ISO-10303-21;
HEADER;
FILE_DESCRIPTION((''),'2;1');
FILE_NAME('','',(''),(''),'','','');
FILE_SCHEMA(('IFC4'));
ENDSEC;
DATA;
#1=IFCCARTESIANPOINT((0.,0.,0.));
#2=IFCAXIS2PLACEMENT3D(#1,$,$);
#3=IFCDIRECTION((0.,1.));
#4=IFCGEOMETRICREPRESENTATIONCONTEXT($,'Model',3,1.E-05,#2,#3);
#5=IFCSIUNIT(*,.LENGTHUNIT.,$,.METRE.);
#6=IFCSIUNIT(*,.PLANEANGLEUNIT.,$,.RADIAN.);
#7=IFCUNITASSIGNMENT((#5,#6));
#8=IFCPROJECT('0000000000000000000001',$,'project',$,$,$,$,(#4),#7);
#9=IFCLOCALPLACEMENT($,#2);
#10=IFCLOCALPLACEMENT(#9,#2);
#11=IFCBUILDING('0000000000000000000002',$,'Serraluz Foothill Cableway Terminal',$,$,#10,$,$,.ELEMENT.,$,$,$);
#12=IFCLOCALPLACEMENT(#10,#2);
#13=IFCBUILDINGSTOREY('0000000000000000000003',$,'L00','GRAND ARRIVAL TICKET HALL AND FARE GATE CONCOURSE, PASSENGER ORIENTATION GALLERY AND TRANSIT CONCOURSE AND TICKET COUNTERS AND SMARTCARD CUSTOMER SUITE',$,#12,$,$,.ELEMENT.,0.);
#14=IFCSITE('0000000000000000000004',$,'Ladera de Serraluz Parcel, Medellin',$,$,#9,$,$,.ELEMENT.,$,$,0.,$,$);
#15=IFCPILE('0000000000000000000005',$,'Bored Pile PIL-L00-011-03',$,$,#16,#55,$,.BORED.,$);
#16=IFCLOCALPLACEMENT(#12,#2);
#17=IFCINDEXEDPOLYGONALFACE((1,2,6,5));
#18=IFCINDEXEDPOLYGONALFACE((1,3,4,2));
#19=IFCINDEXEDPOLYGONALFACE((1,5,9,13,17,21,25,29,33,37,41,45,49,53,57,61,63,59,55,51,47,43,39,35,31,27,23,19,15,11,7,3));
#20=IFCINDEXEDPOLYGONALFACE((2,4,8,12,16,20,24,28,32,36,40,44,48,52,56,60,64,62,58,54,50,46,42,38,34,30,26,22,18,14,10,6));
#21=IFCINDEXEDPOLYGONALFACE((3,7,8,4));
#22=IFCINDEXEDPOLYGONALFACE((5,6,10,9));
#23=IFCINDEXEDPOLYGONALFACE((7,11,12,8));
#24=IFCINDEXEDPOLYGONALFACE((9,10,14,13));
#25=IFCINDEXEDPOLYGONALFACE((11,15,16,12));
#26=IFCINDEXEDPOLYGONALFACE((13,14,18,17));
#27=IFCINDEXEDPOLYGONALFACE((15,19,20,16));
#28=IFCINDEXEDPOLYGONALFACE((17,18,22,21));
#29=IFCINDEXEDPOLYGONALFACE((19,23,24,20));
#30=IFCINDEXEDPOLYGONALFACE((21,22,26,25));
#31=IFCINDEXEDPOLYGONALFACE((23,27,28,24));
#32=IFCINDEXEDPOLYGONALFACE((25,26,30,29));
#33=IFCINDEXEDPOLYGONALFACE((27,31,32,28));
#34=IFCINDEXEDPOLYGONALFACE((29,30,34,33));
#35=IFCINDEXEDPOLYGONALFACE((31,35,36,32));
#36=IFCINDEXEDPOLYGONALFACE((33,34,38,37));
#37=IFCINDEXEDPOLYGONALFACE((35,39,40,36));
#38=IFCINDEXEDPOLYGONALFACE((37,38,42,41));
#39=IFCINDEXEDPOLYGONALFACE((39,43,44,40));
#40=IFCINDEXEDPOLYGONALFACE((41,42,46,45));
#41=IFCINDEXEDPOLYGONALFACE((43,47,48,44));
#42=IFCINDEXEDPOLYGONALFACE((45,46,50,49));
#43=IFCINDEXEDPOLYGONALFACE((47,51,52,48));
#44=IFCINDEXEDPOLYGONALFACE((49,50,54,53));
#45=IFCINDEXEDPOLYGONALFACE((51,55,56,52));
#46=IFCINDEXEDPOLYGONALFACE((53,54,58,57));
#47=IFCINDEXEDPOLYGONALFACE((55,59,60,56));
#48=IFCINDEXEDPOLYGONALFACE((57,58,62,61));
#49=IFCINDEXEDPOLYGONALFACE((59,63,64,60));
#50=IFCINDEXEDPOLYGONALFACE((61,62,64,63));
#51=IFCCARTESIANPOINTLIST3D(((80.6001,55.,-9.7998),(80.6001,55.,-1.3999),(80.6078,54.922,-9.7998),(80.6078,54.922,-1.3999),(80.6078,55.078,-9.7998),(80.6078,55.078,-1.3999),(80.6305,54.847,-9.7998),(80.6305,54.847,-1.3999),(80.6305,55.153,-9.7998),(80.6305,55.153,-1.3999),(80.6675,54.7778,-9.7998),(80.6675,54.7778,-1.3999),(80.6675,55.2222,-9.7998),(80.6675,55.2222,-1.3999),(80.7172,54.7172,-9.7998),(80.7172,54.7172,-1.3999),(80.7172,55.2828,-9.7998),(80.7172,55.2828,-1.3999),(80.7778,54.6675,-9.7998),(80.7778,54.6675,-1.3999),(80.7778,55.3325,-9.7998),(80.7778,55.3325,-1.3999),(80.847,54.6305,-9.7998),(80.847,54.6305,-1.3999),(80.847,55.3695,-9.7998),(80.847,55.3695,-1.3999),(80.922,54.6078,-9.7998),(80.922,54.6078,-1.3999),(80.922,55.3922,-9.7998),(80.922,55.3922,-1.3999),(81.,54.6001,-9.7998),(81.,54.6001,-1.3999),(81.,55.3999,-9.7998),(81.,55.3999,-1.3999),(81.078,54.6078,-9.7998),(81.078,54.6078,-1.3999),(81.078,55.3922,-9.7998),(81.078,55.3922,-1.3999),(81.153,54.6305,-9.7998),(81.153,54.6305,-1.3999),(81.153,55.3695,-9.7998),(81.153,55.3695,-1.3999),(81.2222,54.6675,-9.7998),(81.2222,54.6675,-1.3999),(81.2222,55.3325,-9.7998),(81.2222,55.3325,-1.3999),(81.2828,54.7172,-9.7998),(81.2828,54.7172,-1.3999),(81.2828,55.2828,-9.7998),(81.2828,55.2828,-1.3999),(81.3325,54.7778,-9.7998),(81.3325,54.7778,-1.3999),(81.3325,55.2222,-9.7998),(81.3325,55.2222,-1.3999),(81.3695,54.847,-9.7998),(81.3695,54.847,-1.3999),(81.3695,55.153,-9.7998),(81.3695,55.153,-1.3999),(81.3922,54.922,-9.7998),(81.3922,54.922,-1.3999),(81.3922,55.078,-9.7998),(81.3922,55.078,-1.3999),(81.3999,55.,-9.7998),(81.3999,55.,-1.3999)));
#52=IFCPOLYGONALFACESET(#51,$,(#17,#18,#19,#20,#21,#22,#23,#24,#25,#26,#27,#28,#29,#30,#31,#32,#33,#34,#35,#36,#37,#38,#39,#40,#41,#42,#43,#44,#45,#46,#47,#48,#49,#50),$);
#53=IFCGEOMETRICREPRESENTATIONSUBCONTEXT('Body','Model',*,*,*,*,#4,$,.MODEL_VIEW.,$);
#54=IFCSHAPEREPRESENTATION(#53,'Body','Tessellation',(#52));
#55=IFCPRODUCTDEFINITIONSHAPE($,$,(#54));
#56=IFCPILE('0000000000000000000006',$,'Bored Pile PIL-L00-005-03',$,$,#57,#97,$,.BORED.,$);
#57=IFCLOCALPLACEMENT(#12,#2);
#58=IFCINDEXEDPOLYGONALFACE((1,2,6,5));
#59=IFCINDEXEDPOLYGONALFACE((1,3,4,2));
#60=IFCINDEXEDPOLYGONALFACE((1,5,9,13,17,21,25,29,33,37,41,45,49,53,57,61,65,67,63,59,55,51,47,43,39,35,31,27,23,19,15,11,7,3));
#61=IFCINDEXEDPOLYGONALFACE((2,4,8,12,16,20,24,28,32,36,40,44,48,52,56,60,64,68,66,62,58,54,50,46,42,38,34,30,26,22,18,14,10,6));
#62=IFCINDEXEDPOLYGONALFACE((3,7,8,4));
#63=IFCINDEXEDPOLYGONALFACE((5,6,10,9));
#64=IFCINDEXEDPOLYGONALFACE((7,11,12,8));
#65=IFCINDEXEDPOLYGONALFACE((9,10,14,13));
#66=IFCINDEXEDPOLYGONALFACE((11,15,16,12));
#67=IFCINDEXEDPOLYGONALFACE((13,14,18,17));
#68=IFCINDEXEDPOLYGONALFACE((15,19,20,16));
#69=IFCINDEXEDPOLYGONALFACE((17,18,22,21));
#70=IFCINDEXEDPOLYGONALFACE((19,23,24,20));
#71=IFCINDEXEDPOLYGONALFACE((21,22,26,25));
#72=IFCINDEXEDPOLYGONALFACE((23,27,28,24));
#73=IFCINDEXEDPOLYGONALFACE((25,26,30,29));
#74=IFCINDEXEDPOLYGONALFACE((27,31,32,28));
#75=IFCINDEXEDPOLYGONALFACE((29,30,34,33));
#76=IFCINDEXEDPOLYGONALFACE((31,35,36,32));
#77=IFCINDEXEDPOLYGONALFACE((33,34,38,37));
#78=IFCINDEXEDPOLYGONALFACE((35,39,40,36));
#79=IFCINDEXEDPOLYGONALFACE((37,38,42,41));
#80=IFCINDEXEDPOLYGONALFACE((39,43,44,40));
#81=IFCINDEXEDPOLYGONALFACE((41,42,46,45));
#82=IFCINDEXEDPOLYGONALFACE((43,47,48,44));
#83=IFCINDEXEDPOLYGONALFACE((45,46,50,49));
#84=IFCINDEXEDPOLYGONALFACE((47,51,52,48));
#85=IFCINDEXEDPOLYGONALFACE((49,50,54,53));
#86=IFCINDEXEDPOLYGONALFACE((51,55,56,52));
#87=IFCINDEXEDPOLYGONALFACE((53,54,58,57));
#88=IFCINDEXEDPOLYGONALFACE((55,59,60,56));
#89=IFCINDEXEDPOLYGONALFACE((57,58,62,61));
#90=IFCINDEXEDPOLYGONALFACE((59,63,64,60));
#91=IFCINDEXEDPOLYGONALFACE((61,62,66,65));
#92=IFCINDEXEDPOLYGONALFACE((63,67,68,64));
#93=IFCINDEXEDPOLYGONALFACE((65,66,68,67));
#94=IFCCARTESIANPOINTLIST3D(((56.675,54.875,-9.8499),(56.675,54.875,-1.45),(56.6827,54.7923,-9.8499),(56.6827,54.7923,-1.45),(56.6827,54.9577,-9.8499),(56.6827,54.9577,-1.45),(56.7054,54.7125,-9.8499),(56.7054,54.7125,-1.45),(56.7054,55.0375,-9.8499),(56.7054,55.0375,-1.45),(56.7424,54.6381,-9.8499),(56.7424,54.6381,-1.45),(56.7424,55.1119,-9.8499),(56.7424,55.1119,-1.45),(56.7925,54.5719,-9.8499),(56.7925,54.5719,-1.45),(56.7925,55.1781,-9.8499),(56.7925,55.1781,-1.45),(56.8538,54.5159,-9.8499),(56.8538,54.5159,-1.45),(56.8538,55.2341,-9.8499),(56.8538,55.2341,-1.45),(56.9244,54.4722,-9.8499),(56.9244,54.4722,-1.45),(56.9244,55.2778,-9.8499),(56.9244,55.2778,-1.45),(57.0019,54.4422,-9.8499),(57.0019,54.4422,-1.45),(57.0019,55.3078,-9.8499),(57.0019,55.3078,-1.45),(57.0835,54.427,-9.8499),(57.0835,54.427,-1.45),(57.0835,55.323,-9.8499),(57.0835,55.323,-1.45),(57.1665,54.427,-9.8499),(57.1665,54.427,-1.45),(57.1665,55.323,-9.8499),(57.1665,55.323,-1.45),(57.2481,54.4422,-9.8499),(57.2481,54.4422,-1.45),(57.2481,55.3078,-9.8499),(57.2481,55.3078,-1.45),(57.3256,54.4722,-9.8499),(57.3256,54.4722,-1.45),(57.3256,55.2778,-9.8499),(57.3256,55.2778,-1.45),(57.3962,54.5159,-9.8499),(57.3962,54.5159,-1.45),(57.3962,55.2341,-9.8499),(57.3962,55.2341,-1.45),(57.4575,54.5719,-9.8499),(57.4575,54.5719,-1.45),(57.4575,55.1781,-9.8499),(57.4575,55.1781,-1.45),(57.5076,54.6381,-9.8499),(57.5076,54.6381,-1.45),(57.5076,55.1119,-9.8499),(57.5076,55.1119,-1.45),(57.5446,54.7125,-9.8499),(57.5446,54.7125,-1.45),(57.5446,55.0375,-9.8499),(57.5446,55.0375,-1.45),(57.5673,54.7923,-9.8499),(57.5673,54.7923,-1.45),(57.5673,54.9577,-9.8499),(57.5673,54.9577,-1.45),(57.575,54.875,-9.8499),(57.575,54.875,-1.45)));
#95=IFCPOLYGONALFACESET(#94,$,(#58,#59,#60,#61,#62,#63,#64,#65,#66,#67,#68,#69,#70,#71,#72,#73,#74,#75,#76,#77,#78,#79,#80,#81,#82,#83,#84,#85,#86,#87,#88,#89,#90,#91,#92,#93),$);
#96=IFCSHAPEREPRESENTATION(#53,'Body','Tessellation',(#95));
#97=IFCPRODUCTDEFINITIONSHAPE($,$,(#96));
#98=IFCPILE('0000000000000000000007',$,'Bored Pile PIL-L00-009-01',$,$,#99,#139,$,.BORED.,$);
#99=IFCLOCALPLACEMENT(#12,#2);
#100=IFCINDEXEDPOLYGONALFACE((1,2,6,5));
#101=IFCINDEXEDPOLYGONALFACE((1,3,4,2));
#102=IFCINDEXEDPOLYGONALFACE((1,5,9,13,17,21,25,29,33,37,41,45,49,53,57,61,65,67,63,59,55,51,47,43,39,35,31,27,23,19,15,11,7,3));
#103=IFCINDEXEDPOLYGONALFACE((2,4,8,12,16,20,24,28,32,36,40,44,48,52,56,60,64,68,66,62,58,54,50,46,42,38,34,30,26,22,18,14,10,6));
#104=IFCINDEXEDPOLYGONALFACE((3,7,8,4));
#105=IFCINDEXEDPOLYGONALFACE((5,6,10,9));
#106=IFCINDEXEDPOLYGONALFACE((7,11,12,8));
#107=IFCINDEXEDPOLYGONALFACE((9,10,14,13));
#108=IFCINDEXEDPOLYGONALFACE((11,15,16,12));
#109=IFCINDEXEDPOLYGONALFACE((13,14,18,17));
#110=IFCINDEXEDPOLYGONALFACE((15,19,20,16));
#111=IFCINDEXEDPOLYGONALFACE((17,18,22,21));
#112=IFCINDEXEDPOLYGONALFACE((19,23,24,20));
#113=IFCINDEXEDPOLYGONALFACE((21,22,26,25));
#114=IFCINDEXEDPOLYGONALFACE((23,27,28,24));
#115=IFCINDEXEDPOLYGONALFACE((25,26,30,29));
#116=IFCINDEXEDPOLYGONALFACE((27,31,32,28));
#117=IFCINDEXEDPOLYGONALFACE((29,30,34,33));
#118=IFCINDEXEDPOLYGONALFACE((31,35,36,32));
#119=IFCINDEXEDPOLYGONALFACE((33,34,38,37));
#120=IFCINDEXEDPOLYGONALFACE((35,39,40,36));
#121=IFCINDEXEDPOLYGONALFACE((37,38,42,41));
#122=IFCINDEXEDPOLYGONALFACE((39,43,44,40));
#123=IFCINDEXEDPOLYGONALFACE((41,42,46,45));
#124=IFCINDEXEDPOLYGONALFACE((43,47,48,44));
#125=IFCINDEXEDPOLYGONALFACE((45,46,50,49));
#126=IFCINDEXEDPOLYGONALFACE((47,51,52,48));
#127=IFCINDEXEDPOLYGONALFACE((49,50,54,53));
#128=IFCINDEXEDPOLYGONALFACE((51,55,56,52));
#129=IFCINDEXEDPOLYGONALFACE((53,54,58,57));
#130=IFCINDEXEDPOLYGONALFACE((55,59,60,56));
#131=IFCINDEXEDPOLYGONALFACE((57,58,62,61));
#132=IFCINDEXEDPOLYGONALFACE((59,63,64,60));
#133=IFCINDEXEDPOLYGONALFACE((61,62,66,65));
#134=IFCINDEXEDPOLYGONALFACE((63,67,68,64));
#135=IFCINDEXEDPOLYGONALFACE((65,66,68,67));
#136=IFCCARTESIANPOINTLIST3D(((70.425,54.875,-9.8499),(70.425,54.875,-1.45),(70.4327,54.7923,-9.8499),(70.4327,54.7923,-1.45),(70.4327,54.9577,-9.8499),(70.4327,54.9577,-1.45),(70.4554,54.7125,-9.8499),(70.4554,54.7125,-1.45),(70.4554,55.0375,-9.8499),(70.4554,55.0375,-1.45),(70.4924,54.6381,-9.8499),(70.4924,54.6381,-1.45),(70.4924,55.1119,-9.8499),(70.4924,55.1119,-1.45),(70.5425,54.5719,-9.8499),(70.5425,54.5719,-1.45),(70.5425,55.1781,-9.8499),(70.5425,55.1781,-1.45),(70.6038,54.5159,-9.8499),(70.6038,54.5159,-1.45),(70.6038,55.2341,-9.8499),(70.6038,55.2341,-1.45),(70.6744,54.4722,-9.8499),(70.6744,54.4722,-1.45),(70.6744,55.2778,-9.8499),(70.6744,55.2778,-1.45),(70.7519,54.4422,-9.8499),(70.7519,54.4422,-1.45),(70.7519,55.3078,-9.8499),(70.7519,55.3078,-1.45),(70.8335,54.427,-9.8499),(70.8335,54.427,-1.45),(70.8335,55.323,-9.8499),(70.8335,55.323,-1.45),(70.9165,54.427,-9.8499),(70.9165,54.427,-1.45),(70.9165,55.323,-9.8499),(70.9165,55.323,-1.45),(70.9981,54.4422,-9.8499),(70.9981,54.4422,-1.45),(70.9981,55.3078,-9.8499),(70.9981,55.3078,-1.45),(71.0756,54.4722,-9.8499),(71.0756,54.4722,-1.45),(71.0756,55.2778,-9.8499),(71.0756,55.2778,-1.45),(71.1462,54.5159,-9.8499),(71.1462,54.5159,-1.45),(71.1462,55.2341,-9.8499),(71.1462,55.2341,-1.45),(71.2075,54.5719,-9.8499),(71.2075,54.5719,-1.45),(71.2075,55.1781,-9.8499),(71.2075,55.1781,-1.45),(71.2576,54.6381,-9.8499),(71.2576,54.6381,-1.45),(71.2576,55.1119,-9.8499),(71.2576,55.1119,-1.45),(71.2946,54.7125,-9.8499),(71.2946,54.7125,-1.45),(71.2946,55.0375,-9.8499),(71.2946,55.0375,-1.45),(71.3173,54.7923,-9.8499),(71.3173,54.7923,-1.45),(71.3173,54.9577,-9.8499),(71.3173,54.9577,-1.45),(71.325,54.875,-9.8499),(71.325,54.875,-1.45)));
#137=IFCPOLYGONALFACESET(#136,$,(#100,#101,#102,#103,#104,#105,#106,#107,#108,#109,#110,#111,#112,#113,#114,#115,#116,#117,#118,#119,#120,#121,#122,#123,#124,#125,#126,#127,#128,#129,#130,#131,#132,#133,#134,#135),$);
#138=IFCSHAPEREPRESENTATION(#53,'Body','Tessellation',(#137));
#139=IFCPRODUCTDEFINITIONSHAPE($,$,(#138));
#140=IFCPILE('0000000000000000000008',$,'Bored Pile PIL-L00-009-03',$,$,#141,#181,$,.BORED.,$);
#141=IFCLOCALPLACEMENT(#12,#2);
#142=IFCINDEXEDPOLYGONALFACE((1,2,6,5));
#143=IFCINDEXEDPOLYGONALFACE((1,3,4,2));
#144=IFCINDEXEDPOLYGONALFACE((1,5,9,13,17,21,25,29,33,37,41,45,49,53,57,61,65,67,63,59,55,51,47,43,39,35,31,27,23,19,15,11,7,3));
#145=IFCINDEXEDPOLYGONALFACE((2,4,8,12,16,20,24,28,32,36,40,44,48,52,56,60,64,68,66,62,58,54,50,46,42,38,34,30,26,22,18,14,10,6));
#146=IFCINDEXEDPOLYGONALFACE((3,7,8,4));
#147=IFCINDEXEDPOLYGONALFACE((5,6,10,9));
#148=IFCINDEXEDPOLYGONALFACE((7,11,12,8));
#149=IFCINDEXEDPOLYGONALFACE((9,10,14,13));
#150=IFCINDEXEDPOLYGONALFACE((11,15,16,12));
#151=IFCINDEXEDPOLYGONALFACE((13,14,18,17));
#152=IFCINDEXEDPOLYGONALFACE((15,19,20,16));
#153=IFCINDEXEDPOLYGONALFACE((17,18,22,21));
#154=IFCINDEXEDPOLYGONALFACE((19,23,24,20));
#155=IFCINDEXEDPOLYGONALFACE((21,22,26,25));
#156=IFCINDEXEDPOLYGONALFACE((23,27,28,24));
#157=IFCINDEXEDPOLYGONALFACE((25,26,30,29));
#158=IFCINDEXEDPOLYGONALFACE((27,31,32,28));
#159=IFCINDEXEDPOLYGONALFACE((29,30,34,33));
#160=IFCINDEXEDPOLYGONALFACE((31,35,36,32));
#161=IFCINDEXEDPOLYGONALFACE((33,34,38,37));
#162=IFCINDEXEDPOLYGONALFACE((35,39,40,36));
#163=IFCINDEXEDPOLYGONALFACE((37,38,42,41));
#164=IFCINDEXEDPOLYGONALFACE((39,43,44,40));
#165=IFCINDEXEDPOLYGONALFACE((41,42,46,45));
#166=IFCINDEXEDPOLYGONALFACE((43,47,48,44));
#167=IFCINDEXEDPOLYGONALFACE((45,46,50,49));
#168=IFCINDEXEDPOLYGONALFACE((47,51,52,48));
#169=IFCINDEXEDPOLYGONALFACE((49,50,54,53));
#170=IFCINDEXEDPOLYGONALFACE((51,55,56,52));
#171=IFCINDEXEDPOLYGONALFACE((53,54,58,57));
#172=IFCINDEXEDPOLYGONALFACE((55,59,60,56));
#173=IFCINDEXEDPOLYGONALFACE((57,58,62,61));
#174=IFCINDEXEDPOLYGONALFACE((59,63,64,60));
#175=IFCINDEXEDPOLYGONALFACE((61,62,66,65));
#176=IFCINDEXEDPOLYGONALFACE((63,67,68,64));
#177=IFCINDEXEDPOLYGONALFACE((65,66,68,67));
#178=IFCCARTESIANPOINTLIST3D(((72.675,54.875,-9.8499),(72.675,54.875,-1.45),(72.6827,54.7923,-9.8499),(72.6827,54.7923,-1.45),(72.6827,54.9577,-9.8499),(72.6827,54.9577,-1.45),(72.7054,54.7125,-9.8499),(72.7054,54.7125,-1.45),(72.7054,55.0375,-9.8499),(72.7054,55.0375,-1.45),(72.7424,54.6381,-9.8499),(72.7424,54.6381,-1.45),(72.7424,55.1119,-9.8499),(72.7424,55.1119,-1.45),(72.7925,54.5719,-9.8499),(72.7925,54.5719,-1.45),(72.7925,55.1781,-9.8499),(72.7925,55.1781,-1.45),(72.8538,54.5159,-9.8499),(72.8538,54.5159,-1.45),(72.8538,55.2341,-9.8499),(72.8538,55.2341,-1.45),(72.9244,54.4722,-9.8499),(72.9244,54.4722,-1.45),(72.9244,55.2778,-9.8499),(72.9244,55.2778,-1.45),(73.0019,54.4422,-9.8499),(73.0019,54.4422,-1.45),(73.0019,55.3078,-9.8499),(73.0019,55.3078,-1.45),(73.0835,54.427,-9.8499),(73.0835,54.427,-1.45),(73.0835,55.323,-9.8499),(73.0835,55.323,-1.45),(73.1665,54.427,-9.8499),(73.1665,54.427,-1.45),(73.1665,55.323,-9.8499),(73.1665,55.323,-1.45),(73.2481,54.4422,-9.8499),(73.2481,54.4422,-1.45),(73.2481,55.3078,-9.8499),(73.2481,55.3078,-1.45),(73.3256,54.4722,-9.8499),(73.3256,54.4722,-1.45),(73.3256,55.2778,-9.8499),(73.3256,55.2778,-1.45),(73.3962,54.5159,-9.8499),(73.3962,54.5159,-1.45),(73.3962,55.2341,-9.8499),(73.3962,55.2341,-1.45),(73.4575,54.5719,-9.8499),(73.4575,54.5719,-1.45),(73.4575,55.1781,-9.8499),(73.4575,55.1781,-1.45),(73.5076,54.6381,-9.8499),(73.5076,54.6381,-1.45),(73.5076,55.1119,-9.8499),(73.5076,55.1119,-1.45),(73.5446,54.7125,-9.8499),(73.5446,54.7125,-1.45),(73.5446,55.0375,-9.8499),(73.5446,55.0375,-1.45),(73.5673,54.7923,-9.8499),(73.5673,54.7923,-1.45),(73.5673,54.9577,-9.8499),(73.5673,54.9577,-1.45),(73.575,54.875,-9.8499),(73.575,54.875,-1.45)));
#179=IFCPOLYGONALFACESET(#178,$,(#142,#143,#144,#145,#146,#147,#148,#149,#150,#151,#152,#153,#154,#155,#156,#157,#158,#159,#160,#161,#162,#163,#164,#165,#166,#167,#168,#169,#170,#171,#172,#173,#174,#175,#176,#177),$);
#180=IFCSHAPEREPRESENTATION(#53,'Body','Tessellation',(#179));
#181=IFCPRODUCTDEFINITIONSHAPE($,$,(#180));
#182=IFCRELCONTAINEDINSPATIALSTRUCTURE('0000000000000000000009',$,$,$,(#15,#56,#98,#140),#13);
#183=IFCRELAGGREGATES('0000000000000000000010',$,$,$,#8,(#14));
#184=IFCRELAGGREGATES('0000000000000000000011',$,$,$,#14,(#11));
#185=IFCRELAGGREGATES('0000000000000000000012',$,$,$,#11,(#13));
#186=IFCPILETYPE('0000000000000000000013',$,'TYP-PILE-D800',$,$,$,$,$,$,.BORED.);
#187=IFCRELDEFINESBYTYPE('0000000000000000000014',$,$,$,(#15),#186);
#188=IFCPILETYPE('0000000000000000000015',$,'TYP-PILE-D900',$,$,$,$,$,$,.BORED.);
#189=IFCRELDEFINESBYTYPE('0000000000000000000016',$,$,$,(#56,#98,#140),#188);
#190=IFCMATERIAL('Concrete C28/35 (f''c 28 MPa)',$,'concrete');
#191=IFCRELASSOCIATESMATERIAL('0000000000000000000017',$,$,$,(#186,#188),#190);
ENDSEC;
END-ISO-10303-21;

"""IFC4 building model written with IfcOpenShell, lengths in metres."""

from ifc_helpers import new_model, si_unit, direction, frame, origin, origin_2d, place, context, subcontext, project, spatial, circle, extrude, material, material_profile, profile_set, type_object, element, save


model = new_model("IFC4")

# Units and contexts
model_context = context("Model", 3, precision=1e-05, world=origin(), true_north=direction((0.0, 1.0)))
body_context = subcontext(model_context, "Body", "Model", "MODEL_VIEW")
ifc_project = project(units=[si_unit("LENGTHUNIT", "METRE"), si_unit("PLANEANGLEUNIT", "RADIAN")], contexts=[model_context])

# Site, building, storey
site_placement = place(None, origin())
site = spatial("IfcSite", under=ifc_project, at=site_placement, Name="Ladera de Serraluz Parcel, Medellin", CompositionType="ELEMENT", RefElevation=0.0)
building_placement = place(site_placement, origin())
building = spatial("IfcBuilding", under=site, at=building_placement, Name="Serraluz Foothill Cableway Terminal", CompositionType="ELEMENT")
storey_placement = place(building_placement, origin())
storey = spatial("IfcBuildingStorey", under=building, at=storey_placement, Name="L00", Description="GRAND ARRIVAL TICKET HALL AND FARE GATE CONCOURSE, PASSENGER ORIENTATION GALLERY AND TRANSIT CONCOURSE AND TICKET COUNTERS AND SMARTCARD CUSTOMER SUITE", CompositionType="ELEMENT", Elevation=0.0)

# Piles
ifc_material_1 = material(Name="Concrete C28/35 (f'c 28 MPa)", Category="concrete")
ifc_material_profile_1 = material_profile(ifc_material_1, circle(Radius=0.3999, at=origin_2d()), Name="BORED PILE D800")
ifc_profile_set_1 = profile_set([ifc_material_profile_1], Name="Concrete C28/35 (f'c 28 MPa)")
pile_type_1 = type_object("IfcPileType", Name="TYP-PILE-D800", PredefinedType="BORED", material=ifc_profile_set_1)
for number, where, z_axis, x_axis, name in (
    (1, (81.0, 55.0, -1.3999), (0.0, 0.0, -1.0), (1.0, 0.0, 0.0), "Bored Pile PIL-L00-011-03"),
):
    element("IfcPile", number, at=place(storey_placement, frame(where, z_axis=z_axis, x_axis=x_axis)), inside=storey, type_object=pile_type_1, Name=name, PredefinedType="BORED", context=body_context, shape_type="SweptSolid", body=[
        extrude(circle(Radius=0.3999, at=origin_2d()), origin(), (0.0, 0.0, 1.0), 8.3999),
    ])
ifc_material_profile_2 = material_profile(ifc_material_1, circle(Radius=0.45, at=origin_2d()), Name="BORED PILE D900")
ifc_profile_set_2 = profile_set([ifc_material_profile_2], Name="Concrete C28/35 (f'c 28 MPa)")
pile_type_2 = type_object("IfcPileType", Name="TYP-PILE-D900", PredefinedType="BORED", material=ifc_profile_set_2)
for number, where, z_axis, x_axis, name in (
    (2, (57.125, 54.875, -1.45), (0.0, 0.0, -1.0), (1.0, 0.0, 0.0), "Bored Pile PIL-L00-005-03"),
    (3, (70.875, 54.875, -1.45), (0.0, 0.0, -1.0), (1.0, 0.0, 0.0), "Bored Pile PIL-L00-009-01"),
    (4, (73.125, 54.875, -1.45), (0.0, 0.0, -1.0), (1.0, 0.0, 0.0), "Bored Pile PIL-L00-009-03"),
):
    element("IfcPile", number, at=place(storey_placement, frame(where, z_axis=z_axis, x_axis=x_axis)), inside=storey, type_object=pile_type_2, Name=name, PredefinedType="BORED", context=body_context, shape_type="SweptSolid", body=[
        extrude(circle(Radius=0.45, at=origin_2d()), origin(), (0.0, 0.0, 1.0), 8.3999),
    ])

save(model, "model.ifc")
